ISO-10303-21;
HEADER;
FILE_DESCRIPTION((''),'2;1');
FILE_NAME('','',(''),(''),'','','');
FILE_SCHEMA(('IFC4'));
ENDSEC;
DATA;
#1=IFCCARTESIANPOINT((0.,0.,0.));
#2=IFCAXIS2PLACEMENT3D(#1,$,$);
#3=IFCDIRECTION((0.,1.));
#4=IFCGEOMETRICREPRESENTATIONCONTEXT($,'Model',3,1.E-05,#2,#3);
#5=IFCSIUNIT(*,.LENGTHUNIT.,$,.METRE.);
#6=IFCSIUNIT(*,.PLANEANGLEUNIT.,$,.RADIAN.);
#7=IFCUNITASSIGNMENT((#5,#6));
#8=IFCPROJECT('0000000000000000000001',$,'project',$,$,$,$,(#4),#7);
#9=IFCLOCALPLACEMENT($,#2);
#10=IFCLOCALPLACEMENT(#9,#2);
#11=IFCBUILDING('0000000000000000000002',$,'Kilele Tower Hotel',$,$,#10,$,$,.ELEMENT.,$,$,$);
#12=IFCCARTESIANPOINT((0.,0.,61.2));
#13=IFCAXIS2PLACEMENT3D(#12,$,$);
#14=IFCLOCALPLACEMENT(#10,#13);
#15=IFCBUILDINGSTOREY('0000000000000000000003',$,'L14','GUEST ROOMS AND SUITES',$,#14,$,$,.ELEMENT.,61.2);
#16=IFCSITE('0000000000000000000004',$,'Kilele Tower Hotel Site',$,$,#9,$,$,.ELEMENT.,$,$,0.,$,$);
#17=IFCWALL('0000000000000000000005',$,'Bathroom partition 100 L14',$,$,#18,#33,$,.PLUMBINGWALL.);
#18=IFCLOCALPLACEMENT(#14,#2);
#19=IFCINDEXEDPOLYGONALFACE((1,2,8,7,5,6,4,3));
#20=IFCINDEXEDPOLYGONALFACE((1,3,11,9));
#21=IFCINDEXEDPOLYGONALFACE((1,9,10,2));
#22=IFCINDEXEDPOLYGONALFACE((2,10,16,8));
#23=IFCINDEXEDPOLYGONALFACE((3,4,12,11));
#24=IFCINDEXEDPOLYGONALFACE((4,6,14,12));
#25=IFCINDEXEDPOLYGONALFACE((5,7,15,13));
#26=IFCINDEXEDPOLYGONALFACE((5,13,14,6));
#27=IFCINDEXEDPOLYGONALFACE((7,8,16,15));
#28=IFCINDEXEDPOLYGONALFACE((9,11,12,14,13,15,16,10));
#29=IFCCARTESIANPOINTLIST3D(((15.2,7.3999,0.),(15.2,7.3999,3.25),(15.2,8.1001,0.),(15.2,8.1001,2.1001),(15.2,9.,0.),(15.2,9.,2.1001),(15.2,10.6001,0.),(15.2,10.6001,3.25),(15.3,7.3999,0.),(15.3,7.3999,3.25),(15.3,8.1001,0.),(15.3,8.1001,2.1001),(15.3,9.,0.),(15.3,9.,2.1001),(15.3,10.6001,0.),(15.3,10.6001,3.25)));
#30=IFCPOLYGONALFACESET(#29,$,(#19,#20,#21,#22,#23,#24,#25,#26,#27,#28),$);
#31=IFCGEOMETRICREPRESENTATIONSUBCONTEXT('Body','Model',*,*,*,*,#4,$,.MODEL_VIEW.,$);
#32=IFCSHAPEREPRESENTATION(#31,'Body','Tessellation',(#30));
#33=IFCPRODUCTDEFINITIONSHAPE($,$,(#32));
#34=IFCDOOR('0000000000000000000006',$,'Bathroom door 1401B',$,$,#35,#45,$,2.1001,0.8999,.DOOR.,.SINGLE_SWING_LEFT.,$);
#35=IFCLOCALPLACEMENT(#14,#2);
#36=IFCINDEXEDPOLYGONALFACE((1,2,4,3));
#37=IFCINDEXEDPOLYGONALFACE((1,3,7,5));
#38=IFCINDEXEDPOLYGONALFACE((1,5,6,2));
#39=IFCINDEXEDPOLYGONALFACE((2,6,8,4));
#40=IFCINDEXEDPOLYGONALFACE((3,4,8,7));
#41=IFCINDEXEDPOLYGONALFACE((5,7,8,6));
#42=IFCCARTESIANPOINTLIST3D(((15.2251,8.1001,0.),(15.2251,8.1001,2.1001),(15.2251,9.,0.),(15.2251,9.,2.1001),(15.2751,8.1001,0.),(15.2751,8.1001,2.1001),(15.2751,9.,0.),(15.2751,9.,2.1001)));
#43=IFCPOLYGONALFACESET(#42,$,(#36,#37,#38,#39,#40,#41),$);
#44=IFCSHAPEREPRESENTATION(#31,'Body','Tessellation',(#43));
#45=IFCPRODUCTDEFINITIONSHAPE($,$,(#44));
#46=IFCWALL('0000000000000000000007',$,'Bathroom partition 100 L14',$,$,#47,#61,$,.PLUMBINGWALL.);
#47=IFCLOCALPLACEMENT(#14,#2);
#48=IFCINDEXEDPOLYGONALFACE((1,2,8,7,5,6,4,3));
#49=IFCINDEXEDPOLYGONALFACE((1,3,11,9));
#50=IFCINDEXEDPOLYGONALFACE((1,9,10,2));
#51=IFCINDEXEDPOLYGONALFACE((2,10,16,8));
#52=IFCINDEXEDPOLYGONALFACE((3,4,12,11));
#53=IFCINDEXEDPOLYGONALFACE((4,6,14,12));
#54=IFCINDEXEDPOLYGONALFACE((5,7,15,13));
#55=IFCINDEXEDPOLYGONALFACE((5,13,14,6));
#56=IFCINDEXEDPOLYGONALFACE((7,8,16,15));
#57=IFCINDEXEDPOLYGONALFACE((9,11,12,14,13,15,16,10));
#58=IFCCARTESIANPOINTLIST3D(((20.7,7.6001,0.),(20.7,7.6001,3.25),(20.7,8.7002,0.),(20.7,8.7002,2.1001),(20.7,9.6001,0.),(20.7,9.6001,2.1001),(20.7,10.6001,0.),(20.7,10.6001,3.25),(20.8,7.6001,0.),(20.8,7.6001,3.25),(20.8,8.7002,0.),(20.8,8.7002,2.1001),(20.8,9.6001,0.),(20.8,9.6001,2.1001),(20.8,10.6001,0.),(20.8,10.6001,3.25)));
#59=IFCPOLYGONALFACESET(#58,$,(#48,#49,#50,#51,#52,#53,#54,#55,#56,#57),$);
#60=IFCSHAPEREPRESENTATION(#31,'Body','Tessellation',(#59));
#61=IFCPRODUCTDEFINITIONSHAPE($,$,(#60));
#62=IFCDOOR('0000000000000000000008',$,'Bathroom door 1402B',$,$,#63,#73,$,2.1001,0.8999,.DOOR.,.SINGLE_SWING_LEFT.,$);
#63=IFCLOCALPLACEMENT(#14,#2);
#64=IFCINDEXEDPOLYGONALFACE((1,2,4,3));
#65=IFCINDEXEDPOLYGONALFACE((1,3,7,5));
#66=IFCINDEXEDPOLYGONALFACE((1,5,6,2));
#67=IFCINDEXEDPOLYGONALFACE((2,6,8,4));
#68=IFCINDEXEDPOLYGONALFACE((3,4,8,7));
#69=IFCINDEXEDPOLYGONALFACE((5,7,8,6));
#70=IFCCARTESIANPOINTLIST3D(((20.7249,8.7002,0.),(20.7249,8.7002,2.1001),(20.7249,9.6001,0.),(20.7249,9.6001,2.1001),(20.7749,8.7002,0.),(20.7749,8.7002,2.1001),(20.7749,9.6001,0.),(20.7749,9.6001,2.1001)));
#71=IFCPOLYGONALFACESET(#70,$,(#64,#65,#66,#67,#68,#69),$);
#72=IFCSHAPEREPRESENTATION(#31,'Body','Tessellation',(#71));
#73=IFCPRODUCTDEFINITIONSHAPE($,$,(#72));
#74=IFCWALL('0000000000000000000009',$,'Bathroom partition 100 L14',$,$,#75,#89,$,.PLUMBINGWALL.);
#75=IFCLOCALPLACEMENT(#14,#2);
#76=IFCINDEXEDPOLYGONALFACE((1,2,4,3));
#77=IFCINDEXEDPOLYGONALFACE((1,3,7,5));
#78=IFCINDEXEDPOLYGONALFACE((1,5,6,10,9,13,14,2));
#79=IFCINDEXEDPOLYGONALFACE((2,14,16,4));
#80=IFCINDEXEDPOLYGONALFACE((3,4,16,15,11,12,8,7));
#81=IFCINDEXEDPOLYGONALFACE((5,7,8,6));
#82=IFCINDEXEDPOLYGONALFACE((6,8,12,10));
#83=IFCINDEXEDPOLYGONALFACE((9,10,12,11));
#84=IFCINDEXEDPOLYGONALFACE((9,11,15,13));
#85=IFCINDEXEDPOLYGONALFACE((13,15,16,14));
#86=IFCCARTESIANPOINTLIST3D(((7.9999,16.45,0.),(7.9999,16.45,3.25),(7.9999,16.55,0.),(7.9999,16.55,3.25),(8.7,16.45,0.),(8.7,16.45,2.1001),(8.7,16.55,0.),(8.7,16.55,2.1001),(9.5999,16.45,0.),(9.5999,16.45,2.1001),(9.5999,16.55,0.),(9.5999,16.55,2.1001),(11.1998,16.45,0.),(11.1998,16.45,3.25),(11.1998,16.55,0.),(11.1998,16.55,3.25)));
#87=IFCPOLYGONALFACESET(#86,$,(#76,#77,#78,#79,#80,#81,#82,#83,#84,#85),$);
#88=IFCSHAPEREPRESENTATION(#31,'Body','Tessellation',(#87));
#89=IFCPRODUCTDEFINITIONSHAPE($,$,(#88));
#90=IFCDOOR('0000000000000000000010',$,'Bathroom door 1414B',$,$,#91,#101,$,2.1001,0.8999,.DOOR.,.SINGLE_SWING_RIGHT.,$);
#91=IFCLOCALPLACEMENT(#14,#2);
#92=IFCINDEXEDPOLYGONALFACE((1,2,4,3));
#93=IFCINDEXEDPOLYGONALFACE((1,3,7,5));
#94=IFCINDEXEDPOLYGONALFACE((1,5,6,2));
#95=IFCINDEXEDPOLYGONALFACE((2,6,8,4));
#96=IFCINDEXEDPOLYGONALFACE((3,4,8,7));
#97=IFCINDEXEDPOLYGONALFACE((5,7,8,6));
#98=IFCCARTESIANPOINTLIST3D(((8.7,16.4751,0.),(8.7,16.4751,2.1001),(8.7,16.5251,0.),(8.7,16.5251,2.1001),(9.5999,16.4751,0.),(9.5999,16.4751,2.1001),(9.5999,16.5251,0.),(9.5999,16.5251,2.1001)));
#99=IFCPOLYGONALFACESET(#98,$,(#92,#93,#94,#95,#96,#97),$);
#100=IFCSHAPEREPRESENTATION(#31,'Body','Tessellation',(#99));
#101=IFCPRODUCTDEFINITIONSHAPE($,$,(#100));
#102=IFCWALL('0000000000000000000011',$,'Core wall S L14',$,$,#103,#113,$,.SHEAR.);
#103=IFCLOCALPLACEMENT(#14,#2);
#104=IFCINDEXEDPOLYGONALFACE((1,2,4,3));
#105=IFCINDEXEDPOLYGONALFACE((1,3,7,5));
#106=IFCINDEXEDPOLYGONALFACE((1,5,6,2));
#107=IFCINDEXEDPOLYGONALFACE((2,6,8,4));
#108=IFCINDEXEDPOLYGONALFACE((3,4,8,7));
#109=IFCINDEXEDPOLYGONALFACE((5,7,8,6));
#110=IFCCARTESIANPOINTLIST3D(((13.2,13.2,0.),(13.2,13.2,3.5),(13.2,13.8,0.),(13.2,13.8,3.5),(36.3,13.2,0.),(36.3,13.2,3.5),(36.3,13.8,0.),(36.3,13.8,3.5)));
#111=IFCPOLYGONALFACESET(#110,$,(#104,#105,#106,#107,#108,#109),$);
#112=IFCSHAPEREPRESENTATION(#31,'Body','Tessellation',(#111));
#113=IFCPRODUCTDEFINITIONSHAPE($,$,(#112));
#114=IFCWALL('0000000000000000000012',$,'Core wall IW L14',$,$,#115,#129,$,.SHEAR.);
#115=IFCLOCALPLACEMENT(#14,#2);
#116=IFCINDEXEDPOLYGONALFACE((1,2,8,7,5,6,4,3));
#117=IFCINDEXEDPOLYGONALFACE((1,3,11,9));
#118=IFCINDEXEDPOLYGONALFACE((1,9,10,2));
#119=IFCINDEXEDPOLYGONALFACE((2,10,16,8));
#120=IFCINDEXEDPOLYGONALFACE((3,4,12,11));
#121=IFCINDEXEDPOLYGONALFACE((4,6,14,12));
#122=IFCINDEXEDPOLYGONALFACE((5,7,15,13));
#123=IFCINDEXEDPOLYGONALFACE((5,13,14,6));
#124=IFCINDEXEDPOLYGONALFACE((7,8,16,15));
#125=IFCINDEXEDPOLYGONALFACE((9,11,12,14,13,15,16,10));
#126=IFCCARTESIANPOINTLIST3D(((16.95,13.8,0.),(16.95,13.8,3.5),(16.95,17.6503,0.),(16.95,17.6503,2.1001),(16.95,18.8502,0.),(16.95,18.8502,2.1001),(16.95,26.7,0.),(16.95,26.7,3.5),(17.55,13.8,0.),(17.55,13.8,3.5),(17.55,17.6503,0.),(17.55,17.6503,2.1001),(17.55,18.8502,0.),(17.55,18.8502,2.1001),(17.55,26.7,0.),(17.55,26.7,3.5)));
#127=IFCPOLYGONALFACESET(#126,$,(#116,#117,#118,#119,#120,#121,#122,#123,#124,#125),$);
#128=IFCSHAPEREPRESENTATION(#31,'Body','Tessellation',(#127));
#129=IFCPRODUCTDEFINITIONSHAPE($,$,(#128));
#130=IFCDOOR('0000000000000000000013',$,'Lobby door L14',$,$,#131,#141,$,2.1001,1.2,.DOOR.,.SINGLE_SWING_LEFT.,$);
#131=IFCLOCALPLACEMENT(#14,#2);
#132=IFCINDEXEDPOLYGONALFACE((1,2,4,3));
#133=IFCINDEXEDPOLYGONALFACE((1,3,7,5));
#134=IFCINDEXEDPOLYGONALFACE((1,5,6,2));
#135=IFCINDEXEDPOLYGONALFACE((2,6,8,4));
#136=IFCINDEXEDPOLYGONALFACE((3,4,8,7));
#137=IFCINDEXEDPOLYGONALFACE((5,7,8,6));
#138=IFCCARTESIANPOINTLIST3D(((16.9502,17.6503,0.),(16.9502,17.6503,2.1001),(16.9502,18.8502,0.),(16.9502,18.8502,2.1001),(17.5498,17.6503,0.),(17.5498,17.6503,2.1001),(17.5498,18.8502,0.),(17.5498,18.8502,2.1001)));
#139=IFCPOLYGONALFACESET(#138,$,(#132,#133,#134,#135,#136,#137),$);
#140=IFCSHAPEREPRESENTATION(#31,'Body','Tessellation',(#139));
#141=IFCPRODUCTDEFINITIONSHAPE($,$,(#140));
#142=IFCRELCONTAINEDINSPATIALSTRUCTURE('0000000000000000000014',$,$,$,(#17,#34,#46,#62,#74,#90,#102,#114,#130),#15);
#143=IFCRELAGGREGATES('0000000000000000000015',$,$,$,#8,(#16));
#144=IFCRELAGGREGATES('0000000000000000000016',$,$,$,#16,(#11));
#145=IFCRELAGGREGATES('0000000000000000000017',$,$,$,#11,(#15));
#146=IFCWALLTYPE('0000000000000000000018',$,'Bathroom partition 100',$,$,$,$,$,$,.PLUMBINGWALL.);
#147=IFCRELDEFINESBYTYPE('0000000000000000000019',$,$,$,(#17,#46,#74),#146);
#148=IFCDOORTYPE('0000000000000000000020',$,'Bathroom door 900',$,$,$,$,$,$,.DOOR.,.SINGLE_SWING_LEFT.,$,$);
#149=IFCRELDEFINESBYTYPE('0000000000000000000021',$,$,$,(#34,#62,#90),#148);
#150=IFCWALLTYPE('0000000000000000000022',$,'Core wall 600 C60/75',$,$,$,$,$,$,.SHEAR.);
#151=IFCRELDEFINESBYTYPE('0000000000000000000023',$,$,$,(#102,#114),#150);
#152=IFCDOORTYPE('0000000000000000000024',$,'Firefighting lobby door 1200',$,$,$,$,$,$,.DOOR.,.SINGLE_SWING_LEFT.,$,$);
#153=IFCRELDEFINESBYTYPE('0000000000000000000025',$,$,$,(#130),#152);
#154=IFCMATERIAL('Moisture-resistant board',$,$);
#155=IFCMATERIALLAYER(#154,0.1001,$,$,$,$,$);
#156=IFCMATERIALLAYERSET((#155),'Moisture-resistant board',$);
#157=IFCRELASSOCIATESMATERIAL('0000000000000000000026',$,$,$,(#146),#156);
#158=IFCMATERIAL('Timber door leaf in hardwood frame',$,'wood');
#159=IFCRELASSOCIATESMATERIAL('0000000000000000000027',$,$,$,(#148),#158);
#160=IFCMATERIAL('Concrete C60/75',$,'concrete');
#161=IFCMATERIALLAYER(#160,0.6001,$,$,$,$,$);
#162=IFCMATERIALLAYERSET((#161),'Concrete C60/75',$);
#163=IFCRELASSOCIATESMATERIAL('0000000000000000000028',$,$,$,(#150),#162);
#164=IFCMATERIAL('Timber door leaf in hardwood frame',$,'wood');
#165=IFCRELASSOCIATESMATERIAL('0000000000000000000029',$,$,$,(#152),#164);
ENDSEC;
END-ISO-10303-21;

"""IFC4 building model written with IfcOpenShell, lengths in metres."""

from ifc_helpers import new_model, si_unit, direction, frame, frame_2d, origin, place, context, subcontext, project, spatial, rectangle, extrude, material, layer, layer_set, type_object, element, fill, save


model = new_model("IFC4")

# Units and contexts
model_context = context("Model", 3, precision=1e-05, world=origin(), true_north=direction((0.0, 1.0)))
body_context = subcontext(model_context, "Body", "Model", "MODEL_VIEW")
ifc_project = project(units=[si_unit("LENGTHUNIT", "METRE"), si_unit("PLANEANGLEUNIT", "RADIAN")], contexts=[model_context])

# Site, building, storey
site_placement = place(None, origin())
site = spatial("IfcSite", under=ifc_project, at=site_placement, Name="Kilele Tower Hotel Site", CompositionType="ELEMENT", RefElevation=0.0)
building_placement = place(site_placement, origin())
building = spatial("IfcBuilding", under=site, at=building_placement, Name="Kilele Tower Hotel", CompositionType="ELEMENT")
storey_placement = place(building_placement, frame((0.0, 0.0, 61.2)))
storey = spatial("IfcBuildingStorey", under=building, at=storey_placement, Name="L14", Description="GUEST ROOMS AND SUITES", CompositionType="ELEMENT", Elevation=61.2)

# Walls, openings, doors
ifc_material_1 = material(Name="Moisture-resistant board")
ifc_layer_1 = layer(ifc_material_1, 0.1001)
ifc_layer_set_1 = layer_set([ifc_layer_1], Name="Moisture-resistant board")
wall_type_1 = type_object("IfcWallType", Name="Bathroom partition 100", PredefinedType="PLUMBINGWALL", material=ifc_layer_set_1)
wall_1_placement = place(storey_placement, frame((15.25, 10.6001, 0.0), z_axis=(0.0, 0.0, 1.0), x_axis=(0.0, -1.0, 0.0)))
wall_1 = element("IfcWall", 1, at=wall_1_placement, inside=storey, type_object=wall_type_1, Name="Bathroom partition 100 L14", PredefinedType="PLUMBINGWALL", context=body_context, shape_type="SweptSolid", body=[
    extrude(rectangle(XDim=3.2002, YDim=0.1001, at=frame_2d((1.6001, 0.0))), origin(), (0.0, 0.0, 1.0), 3.25),
])
opening_1_placement = place(wall_1_placement, frame((2.5, 0.0, 0.0), z_axis=(0.0, 0.0, 1.0), x_axis=(-1.0, 0.0, 0.0)))
opening_1 = element("IfcOpeningElement", 2, at=opening_1_placement, cuts=wall_1, PredefinedType="OPENING", context=body_context, shape_type="SweptSolid", body=[
    extrude(rectangle(XDim=0.8999, YDim=2.1001, at=frame_2d((0.45, 1.05))), frame((0.0, 0.0601, 0.0), z_axis=(0.0, -1.0, 0.0), x_axis=(1.0, 0.0, 0.0)), (0.0, 0.0, 1.0), 0.1201),
])
ifc_material_2 = material(Name="Timber door leaf in hardwood frame", Category="wood")
door_type_1 = type_object("IfcDoorType", Name="Bathroom door 900", OperationType="SINGLE_SWING_LEFT", PredefinedType="DOOR", material=ifc_material_2)
door_1_placement = place(opening_1_placement, origin())
door_1 = element("IfcDoor", 3, at=door_1_placement, inside=storey, type_object=door_type_1, Name="Bathroom door 1401B", OperationType="SINGLE_SWING_LEFT", OverallHeight=2.1001, OverallWidth=0.8999, PredefinedType="DOOR", context=body_context, shape_type="SweptSolid", body=[
    extrude(rectangle(XDim=0.8999, YDim=2.1001, at=frame_2d((0.45, 1.05))), frame((0.0, 0.0249, 0.0), z_axis=(0.0, -1.0, 0.0), x_axis=(1.0, 0.0, 0.0)), (0.0, 0.0, 1.0), 0.05),
])
fill(opening_1, door_1)
wall_2_placement = place(storey_placement, frame((20.75, 10.6001, 0.0), z_axis=(0.0, 0.0, 1.0), x_axis=(0.0, -1.0, 0.0)))
wall_2 = element("IfcWall", 4, at=wall_2_placement, inside=storey, type_object=wall_type_1, Name="Bathroom partition 100 L14", PredefinedType="PLUMBINGWALL", context=body_context, shape_type="SweptSolid", body=[
    extrude(rectangle(XDim=3.0, YDim=0.1001, at=frame_2d((1.5, 0.0))), origin(), (0.0, 0.0, 1.0), 3.25),
])
opening_2_placement = place(wall_2_placement, frame((1.0, 0.0, 0.0)))
opening_2 = element("IfcOpeningElement", 5, at=opening_2_placement, cuts=wall_2, PredefinedType="OPENING", context=body_context, shape_type="SweptSolid", body=[
    extrude(rectangle(XDim=0.8999, YDim=2.1001, at=frame_2d((0.45, 1.05))), frame((0.0, 0.0601, 0.0), z_axis=(0.0, -1.0, 0.0), x_axis=(1.0, 0.0, 0.0)), (0.0, 0.0, 1.0), 0.1201),
])
door_2_placement = place(opening_2_placement, origin())
door_2 = element("IfcDoor", 6, at=door_2_placement, inside=storey, type_object=door_type_1, Name="Bathroom door 1402B", OperationType="SINGLE_SWING_LEFT", OverallHeight=2.1001, OverallWidth=0.8999, PredefinedType="DOOR", context=body_context, shape_type="SweptSolid", body=[
    extrude(rectangle(XDim=0.8999, YDim=2.1001, at=frame_2d((0.45, 1.05))), frame((0.0, 0.0249, 0.0), z_axis=(0.0, -1.0, 0.0), x_axis=(1.0, 0.0, 0.0)), (0.0, 0.0, 1.0), 0.05),
])
fill(opening_2, door_2)
wall_3_placement = place(storey_placement, frame((11.2, 16.5, 0.0), z_axis=(0.0, 0.0, 1.0), x_axis=(-1.0, 0.0, 0.0)))
wall_3 = element("IfcWall", 7, at=wall_3_placement, inside=storey, type_object=wall_type_1, Name="Bathroom partition 100 L14", PredefinedType="PLUMBINGWALL", context=body_context, shape_type="SweptSolid", body=[
    extrude(rectangle(XDim=3.2, YDim=0.1001, at=frame_2d((1.6001, 0.0))), origin(), (0.0, 0.0, 1.0), 3.25),
])
opening_3_placement = place(wall_3_placement, frame((1.6001, 0.0, 0.0)))
opening_3 = element("IfcOpeningElement", 8, at=opening_3_placement, cuts=wall_3, PredefinedType="OPENING", context=body_context, shape_type="SweptSolid", body=[
    extrude(rectangle(XDim=0.8999, YDim=2.1001, at=frame_2d((0.45, 1.05))), frame((0.0, 0.0601, 0.0), z_axis=(0.0, -1.0, 0.0), x_axis=(1.0, 0.0, 0.0)), (0.0, 0.0, 1.0), 0.1201),
])
door_3_placement = place(opening_3_placement, origin())
door_3 = element("IfcDoor", 9, at=door_3_placement, inside=storey, type_object=door_type_1, Name="Bathroom door 1414B", OperationType="SINGLE_SWING_RIGHT", OverallHeight=2.1001, OverallWidth=0.8999, PredefinedType="DOOR", context=body_context, shape_type="SweptSolid", body=[
    extrude(rectangle(XDim=0.8999, YDim=2.1001, at=frame_2d((0.45, 1.05))), frame((0.0, 0.0249, 0.0), z_axis=(0.0, -1.0, 0.0), x_axis=(1.0, 0.0, 0.0)), (0.0, 0.0, 1.0), 0.05),
])
fill(opening_3, door_3)

# Wall
ifc_material_3 = material(Name="Concrete C60/75", Category="concrete")
ifc_layer_2 = layer(ifc_material_3, 0.6001)
ifc_layer_set_2 = layer_set([ifc_layer_2], Name="Concrete C60/75")
wall_type_2 = type_object("IfcWallType", Name="Core wall 600 C60/75", PredefinedType="SHEAR", material=ifc_layer_set_2)
wall_4_placement = place(storey_placement, frame((13.2, 13.5, 0.0), z_axis=(0.0, 0.0, 1.0), x_axis=(1.0, 0.0, 0.0)))
element("IfcWall", 10, at=wall_4_placement, inside=storey, type_object=wall_type_2, Name="Core wall S L14", PredefinedType="SHEAR", context=body_context, shape_type="SweptSolid", body=[
    extrude(rectangle(XDim=23.1001, YDim=0.6001, at=frame_2d((11.55, 0.0))), origin(), (0.0, 0.0, 1.0), 3.5),
])

# Wall, opening, door
wall_5_placement = place(storey_placement, frame((17.25, 13.8, 0.0), z_axis=(0.0, 0.0, 1.0), x_axis=(0.0, 1.0, 0.0)))
wall_5 = element("IfcWall", 11, at=wall_5_placement, inside=storey, type_object=wall_type_2, Name="Core wall IW L14", PredefinedType="SHEAR", context=body_context, shape_type="SweptSolid", body=[
    extrude(rectangle(XDim=12.8999, YDim=0.6001, at=frame_2d((6.45, 0.0))), origin(), (0.0, 0.0, 1.0), 3.5),
])
opening_4_placement = place(wall_5_placement, frame((3.8501, 0.0, 0.0)))
opening_4 = element("IfcOpeningElement", 12, at=opening_4_placement, cuts=wall_5, PredefinedType="OPENING", context=body_context, shape_type="SweptSolid", body=[
    extrude(rectangle(XDim=1.2, YDim=2.1001, at=frame_2d((0.6001, 1.05))), frame((0.0, 0.3101, 0.0), z_axis=(0.0, -1.0, 0.0), x_axis=(1.0, 0.0, 0.0)), (0.0, 0.0, 1.0), 0.6201),
])
ifc_material_4 = material(Name="Timber door leaf in hardwood frame", Category="wood")
door_type_2 = type_object("IfcDoorType", Name="Firefighting lobby door 1200", OperationType="SINGLE_SWING_LEFT", PredefinedType="DOOR", material=ifc_material_4)
door_4_placement = place(opening_4_placement, origin())
door_4 = element("IfcDoor", 13, at=door_4_placement, inside=storey, type_object=door_type_2, Name="Lobby door L14", OperationType="SINGLE_SWING_LEFT", OverallHeight=2.1001, OverallWidth=1.2, PredefinedType="DOOR", context=body_context, shape_type="SweptSolid", body=[
    extrude(rectangle(XDim=1.2, YDim=2.1001, at=frame_2d((0.6001, 1.05))), frame((0.0, 0.2998, 0.0), z_axis=(0.0, -1.0, 0.0), x_axis=(1.0, 0.0, 0.0)), (0.0, 0.0, 1.0), 0.5996),
])
fill(opening_4, door_4)

save(model, "model.ifc")
